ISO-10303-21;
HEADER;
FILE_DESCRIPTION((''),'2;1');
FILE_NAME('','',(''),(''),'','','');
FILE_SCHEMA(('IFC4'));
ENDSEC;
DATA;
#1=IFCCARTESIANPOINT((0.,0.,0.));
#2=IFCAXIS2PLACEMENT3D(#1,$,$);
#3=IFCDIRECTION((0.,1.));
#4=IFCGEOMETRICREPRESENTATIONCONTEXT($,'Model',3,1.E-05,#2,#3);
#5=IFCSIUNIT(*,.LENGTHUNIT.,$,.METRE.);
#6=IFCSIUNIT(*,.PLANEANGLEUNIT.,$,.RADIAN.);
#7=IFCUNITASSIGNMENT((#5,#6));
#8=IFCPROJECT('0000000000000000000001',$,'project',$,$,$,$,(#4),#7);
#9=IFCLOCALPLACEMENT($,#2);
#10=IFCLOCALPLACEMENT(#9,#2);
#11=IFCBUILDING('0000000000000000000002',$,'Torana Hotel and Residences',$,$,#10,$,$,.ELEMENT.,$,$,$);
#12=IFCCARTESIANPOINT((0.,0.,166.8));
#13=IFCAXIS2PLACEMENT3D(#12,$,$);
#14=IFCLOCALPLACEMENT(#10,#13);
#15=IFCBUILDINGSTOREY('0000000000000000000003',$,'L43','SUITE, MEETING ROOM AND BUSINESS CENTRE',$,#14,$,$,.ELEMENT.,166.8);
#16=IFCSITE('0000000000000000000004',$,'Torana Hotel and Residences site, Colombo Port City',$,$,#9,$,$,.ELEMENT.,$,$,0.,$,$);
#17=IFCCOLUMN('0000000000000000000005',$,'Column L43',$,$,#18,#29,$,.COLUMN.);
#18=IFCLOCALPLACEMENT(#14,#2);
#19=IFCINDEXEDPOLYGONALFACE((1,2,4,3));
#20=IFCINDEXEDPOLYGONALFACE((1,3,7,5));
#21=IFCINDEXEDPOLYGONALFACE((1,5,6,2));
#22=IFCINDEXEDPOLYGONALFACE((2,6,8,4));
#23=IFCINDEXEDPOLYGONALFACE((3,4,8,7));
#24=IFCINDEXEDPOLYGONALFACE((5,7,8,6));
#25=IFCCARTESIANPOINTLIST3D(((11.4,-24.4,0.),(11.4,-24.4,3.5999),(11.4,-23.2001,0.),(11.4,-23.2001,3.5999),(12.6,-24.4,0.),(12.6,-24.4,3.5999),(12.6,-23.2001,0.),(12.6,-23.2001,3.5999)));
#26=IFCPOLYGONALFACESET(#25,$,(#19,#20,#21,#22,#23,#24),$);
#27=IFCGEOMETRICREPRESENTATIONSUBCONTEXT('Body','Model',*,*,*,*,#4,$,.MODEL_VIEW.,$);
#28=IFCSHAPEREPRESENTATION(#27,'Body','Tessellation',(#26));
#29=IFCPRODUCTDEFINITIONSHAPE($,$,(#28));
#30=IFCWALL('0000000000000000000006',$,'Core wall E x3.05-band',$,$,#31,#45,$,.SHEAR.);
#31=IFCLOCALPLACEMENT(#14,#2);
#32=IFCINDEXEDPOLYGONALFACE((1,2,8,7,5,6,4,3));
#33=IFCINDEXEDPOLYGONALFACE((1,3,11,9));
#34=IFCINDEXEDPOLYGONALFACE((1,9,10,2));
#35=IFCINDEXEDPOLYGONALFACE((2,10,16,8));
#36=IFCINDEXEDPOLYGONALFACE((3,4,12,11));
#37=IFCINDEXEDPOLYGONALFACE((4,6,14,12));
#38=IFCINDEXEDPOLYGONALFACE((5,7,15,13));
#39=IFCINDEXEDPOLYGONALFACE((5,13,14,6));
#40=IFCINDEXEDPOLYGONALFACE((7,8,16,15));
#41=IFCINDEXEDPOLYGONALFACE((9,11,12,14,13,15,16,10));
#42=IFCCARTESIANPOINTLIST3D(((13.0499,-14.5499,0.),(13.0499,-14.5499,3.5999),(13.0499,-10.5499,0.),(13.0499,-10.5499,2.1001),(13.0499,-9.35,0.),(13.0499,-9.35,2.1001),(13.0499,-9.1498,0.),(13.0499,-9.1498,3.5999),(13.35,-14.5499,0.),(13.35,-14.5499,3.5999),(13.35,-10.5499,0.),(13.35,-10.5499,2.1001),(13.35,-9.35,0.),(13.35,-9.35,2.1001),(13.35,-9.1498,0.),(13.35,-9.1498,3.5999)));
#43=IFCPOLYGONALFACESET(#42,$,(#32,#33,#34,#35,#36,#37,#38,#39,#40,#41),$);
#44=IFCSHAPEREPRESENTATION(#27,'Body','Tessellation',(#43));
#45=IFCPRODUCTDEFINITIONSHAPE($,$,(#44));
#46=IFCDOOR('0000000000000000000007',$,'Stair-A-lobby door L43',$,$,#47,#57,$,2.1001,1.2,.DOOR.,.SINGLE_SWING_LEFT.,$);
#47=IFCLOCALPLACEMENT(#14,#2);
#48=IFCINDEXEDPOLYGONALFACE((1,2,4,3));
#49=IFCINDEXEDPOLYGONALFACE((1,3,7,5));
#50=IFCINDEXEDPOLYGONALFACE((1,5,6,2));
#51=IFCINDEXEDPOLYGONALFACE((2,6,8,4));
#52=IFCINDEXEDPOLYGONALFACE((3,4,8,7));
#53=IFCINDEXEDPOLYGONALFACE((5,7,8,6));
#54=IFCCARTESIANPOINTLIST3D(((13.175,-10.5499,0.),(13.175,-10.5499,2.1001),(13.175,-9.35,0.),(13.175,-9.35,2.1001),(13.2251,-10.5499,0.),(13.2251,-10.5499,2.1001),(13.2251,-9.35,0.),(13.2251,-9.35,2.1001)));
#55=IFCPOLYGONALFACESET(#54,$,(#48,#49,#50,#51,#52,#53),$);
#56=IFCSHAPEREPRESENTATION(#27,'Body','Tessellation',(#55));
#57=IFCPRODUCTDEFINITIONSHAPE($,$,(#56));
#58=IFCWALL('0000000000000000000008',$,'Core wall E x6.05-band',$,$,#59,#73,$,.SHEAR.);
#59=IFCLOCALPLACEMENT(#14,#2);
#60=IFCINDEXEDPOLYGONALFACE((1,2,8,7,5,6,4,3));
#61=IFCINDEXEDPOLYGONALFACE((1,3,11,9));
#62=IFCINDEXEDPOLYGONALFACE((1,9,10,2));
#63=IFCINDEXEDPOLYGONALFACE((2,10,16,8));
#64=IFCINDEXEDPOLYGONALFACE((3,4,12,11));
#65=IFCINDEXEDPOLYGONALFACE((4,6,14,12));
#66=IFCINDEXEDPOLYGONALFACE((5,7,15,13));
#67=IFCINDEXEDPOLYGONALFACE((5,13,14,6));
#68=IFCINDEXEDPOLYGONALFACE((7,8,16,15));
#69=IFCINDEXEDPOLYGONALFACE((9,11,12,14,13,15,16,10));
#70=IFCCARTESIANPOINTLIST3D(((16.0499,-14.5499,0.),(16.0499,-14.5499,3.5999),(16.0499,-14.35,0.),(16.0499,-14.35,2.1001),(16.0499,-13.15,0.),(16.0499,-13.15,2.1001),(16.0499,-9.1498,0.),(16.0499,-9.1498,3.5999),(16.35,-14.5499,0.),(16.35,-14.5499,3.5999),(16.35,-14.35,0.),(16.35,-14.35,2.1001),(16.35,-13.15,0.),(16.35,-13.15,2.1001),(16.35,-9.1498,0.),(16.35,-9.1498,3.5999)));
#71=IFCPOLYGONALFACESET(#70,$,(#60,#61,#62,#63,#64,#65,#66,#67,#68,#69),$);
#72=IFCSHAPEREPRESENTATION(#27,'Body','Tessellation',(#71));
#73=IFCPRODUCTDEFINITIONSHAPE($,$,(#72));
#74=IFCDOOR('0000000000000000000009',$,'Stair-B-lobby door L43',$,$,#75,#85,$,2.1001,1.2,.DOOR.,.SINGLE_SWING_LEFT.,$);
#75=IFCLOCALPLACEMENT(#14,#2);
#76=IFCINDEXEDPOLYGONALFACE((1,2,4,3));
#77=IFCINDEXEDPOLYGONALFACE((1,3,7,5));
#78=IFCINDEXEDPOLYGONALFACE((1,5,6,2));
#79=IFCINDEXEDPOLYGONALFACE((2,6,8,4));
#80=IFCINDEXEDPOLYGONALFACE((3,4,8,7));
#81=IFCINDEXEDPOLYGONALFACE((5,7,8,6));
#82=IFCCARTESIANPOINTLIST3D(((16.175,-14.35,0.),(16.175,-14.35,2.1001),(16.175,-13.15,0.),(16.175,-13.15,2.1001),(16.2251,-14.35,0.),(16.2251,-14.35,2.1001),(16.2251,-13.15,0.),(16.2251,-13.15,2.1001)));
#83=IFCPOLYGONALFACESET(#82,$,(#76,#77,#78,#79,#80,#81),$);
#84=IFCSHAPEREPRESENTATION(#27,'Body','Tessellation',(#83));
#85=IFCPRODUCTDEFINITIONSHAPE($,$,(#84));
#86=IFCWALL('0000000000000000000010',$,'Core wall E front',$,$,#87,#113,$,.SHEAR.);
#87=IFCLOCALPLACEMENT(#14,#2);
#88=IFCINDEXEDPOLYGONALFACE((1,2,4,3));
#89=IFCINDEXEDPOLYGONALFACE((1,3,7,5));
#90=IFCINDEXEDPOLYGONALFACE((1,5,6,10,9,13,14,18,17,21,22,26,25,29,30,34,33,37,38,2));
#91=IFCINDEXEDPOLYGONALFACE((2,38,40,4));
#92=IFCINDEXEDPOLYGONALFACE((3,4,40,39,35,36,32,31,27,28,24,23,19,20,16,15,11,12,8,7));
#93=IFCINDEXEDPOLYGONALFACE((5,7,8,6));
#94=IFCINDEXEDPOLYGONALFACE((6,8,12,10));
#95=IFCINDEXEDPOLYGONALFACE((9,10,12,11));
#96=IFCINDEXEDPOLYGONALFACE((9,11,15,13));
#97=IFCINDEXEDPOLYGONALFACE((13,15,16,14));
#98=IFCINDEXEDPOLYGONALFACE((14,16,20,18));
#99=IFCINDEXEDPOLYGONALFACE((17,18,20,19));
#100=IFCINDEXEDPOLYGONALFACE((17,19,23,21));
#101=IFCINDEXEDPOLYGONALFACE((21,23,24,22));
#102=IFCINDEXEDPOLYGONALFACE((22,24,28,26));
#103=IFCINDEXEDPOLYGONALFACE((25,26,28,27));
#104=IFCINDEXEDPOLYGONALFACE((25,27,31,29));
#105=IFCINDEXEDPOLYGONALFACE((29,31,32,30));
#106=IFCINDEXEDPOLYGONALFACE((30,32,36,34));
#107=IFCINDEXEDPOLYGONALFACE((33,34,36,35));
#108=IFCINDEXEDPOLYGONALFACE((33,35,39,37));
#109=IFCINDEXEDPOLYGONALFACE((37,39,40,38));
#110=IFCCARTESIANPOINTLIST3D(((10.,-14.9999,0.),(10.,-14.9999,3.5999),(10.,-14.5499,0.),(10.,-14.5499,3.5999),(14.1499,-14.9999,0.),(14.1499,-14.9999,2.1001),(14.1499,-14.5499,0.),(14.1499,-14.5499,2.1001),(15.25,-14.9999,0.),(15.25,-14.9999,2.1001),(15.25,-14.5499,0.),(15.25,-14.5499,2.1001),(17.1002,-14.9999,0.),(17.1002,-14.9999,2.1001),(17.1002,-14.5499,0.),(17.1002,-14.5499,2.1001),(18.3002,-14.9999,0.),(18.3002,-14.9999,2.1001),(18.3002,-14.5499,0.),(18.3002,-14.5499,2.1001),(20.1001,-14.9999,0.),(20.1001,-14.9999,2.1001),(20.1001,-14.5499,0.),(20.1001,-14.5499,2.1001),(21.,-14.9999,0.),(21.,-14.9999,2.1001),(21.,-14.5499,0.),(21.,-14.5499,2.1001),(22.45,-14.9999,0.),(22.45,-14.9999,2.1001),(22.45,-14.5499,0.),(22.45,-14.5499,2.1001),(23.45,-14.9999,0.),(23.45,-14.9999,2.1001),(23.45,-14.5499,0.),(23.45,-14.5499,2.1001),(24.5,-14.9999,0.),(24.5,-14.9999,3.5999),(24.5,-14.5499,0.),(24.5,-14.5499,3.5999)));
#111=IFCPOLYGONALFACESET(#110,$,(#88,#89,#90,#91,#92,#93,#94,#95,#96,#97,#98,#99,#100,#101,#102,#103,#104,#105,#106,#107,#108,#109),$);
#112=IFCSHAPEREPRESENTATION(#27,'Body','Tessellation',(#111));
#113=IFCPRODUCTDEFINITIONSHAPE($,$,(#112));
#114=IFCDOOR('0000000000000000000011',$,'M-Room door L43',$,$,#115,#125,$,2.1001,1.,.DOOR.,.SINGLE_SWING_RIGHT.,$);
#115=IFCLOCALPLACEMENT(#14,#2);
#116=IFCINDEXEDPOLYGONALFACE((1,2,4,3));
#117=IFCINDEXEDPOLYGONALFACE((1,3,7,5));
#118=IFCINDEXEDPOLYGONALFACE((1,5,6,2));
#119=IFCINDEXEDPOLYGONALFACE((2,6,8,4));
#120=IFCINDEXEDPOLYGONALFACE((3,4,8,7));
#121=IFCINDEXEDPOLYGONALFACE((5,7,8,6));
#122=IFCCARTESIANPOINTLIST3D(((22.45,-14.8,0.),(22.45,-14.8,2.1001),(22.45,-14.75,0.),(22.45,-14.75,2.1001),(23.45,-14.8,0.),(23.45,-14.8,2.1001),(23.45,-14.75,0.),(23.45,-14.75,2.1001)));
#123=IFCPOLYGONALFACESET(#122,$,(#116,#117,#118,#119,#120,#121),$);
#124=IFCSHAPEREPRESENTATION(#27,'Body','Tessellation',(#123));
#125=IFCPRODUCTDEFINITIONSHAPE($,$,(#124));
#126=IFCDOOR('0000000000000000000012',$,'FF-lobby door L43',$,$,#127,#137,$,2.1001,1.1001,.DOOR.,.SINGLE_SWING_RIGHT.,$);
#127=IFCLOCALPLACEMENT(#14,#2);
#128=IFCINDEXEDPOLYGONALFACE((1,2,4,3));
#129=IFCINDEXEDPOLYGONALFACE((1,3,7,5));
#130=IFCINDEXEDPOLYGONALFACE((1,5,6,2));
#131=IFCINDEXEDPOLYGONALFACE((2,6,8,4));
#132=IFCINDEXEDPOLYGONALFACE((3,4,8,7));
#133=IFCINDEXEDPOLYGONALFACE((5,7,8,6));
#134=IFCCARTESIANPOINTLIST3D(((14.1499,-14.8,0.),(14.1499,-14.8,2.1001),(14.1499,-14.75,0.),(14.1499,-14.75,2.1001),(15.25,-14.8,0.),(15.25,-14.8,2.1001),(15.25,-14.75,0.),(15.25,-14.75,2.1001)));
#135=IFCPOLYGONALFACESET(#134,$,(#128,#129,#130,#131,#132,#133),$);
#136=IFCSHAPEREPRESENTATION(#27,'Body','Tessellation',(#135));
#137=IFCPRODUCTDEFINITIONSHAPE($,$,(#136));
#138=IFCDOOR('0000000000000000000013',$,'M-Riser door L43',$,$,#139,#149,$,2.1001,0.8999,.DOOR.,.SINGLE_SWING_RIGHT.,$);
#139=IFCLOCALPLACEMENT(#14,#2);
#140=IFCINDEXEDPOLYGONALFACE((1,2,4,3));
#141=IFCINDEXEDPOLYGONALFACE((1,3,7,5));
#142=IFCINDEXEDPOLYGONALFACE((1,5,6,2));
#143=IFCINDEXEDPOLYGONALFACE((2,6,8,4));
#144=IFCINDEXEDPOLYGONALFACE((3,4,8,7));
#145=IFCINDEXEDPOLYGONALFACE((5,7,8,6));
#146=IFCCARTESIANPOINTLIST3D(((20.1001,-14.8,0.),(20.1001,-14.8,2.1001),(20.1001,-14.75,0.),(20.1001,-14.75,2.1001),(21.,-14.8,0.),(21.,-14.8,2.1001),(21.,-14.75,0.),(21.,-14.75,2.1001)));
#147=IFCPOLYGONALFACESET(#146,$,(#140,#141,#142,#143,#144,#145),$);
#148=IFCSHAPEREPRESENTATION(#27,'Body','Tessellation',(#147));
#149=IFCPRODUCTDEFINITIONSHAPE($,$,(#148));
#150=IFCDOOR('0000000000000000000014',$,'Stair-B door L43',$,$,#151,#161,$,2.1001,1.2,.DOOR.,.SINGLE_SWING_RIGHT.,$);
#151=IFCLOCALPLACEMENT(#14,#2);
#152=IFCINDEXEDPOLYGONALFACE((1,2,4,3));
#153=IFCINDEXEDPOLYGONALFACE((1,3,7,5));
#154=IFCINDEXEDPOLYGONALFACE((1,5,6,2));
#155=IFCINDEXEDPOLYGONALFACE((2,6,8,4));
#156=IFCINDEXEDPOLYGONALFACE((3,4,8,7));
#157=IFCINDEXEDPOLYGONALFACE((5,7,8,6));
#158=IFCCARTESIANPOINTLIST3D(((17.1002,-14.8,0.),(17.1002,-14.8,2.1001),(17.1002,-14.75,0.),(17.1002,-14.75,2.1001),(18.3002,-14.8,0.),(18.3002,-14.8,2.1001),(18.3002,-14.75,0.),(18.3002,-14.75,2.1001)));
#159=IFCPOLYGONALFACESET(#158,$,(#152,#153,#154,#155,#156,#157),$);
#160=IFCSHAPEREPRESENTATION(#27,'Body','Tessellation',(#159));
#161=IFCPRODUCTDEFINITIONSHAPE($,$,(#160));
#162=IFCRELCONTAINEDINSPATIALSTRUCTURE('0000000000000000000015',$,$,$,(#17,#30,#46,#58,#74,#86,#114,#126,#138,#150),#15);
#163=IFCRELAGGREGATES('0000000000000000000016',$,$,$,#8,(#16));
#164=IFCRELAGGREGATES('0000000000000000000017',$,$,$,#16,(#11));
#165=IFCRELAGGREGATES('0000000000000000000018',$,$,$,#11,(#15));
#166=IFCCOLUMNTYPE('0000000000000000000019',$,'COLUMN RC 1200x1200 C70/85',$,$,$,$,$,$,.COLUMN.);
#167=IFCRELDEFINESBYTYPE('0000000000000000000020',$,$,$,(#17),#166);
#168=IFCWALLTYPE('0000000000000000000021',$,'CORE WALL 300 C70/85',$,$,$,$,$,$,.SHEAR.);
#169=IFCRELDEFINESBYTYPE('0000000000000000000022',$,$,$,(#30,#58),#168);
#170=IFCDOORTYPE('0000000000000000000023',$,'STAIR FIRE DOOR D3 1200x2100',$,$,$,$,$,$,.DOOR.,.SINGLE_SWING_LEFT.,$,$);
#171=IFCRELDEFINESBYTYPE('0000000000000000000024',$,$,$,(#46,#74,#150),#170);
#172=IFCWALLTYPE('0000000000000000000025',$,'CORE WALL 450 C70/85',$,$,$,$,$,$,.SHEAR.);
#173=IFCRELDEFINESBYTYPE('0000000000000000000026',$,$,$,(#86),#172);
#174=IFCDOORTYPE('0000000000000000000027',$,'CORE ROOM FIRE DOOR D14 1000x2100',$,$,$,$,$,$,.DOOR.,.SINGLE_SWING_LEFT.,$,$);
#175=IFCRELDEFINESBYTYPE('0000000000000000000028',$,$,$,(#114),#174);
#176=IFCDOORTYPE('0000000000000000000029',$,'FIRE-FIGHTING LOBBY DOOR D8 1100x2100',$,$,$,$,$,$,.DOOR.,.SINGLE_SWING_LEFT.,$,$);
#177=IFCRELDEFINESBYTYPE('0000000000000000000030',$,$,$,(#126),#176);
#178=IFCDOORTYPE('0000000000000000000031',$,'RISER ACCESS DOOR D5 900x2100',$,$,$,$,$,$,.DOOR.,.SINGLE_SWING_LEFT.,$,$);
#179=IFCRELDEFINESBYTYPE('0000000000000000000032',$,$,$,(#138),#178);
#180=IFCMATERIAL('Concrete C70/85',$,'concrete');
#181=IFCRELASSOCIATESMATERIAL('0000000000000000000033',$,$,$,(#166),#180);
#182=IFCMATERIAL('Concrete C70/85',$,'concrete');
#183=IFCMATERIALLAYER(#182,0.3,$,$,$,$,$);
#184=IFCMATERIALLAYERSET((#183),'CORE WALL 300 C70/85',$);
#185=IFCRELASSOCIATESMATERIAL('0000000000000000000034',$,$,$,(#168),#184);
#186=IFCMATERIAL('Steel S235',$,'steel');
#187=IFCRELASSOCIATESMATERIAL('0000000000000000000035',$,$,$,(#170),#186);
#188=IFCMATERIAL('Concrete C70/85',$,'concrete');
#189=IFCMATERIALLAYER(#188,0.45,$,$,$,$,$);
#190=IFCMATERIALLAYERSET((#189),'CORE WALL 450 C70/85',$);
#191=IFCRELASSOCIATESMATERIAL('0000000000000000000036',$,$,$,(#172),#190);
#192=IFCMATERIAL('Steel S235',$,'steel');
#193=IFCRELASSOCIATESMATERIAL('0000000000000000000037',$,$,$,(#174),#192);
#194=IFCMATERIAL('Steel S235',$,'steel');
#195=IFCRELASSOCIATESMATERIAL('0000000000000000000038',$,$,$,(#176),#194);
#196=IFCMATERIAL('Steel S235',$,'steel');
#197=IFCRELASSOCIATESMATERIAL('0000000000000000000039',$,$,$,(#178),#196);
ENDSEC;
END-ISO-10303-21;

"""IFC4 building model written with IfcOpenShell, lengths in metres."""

from ifc_helpers import new_model, si_unit, direction, frame, frame_2d, origin, origin_2d, place, context, subcontext, project, spatial, rectangle, extrude, material, layer, layer_set, material_profile, profile_set, type_object, element, fill, save


model = new_model("IFC4")

# Units and contexts
model_context = context("Model", 3, precision=1e-05, world=origin(), true_north=direction((0.0, 1.0)))
body_context = subcontext(model_context, "Body", "Model", "MODEL_VIEW")
ifc_project = project(units=[si_unit("LENGTHUNIT", "METRE"), si_unit("PLANEANGLEUNIT", "RADIAN")], contexts=[model_context])

# Site, building, storey
site_placement = place(None, origin())
site = spatial("IfcSite", under=ifc_project, at=site_placement, Name="Torana Hotel and Residences site, Colombo Port City", CompositionType="ELEMENT", RefElevation=0.0)
building_placement = place(site_placement, origin())
building = spatial("IfcBuilding", under=site, at=building_placement, Name="Torana Hotel and Residences", CompositionType="ELEMENT")
storey_placement = place(building_placement, frame((0.0, 0.0, 166.8)))
storey = spatial("IfcBuildingStorey", under=building, at=storey_placement, Name="L43", Description="SUITE, MEETING ROOM AND BUSINESS CENTRE", CompositionType="ELEMENT", Elevation=166.8)

# Column
ifc_material_1 = material(Name="Concrete C70/85", Category="concrete")
ifc_material_profile = material_profile(ifc_material_1, rectangle(XDim=1.2, YDim=1.2, at=origin_2d()), Name="RC 1200x1200")
ifc_profile_set = profile_set([ifc_material_profile], Name="Concrete C70/85")
column_type = type_object("IfcColumnType", Name="COLUMN RC 1200x1200 C70/85", PredefinedType="COLUMN", material=ifc_profile_set)
column_placement = place(storey_placement, frame((12.0, -23.8, 0.0), z_axis=(0.0, 0.0, 1.0), x_axis=(1.0, 0.0, 0.0)))
element("IfcColumn", 1, at=column_placement, inside=storey, type_object=column_type, Name="Column L43", PredefinedType="COLUMN", context=body_context, shape_type="SweptSolid", body=[
    extrude(rectangle(XDim=1.2, YDim=1.2, at=origin_2d()), origin(), (0.0, 0.0, 1.0), 3.5999),
])

# Walls, openings, doors
ifc_material_2 = material(Name="Concrete C70/85", Category="concrete")
ifc_layer_1 = layer(ifc_material_2, 0.3)
ifc_layer_set_1 = layer_set([ifc_layer_1], Name="CORE WALL 300 C70/85")
wall_type_1 = type_object("IfcWallType", Name="CORE WALL 300 C70/85", PredefinedType="SHEAR", material=ifc_layer_set_1)
wall_1_placement = place(storey_placement, frame((13.2, -14.55, 0.0), z_axis=(0.0, 0.0, 1.0), x_axis=(0.0, 1.0, 0.0)))
wall_1 = element("IfcWall", 2, at=wall_1_placement, inside=storey, type_object=wall_type_1, Name="Core wall E x3.05-band", PredefinedType="SHEAR", context=body_context, shape_type="SweptSolid", body=[
    extrude(rectangle(XDim=5.4001, YDim=0.3, at=frame_2d((2.7002, 0.0))), origin(), (0.0, 0.0, 1.0), 3.5999),
])
opening_1_placement = place(wall_1_placement, frame((4.0, 0.0, 0.0)))
opening_1 = element("IfcOpeningElement", 3, at=opening_1_placement, cuts=wall_1, PredefinedType="OPENING", context=body_context, shape_type="SweptSolid", body=[
    extrude(rectangle(XDim=1.2, YDim=2.1001, at=frame_2d((0.6001, 1.05))), frame((0.0, 0.1599, 0.0), z_axis=(0.0, -1.0, 0.0), x_axis=(1.0, 0.0, 0.0)), (0.0, 0.0, 1.0), 0.3201),
])
ifc_material_3 = material(Name="Steel S235", Category="steel")
door_type_1 = type_object("IfcDoorType", Name="STAIR FIRE DOOR D3 1200x2100", OperationType="SINGLE_SWING_LEFT", PredefinedType="DOOR", material=ifc_material_3)
door_1_placement = place(opening_1_placement, origin())
door_1 = element("IfcDoor", 4, at=door_1_placement, inside=storey, type_object=door_type_1, Name="Stair-A-lobby door L43", OperationType="SINGLE_SWING_LEFT", OverallHeight=2.1001, OverallWidth=1.2, PredefinedType="DOOR", context=body_context, shape_type="SweptSolid", body=[
    extrude(rectangle(XDim=1.2, YDim=2.1001, at=frame_2d((0.6001, 1.05))), frame((0.0, 0.0249, 0.0), z_axis=(0.0, -1.0, 0.0), x_axis=(1.0, 0.0, 0.0)), (0.0, 0.0, 1.0), 0.05),
])
fill(opening_1, door_1)
wall_2_placement = place(storey_placement, frame((16.2, -14.55, 0.0), z_axis=(0.0, 0.0, 1.0), x_axis=(0.0, 1.0, 0.0)))
wall_2 = element("IfcWall", 5, at=wall_2_placement, inside=storey, type_object=wall_type_1, Name="Core wall E x6.05-band", PredefinedType="SHEAR", context=body_context, shape_type="SweptSolid", body=[
    extrude(rectangle(XDim=5.4001, YDim=0.3, at=frame_2d((2.7002, 0.0))), origin(), (0.0, 0.0, 1.0), 3.5999),
])
opening_2_placement = place(wall_2_placement, frame((0.2, 0.0, 0.0)))
opening_2 = element("IfcOpeningElement", 6, at=opening_2_placement, cuts=wall_2, PredefinedType="OPENING", context=body_context, shape_type="SweptSolid", body=[
    extrude(rectangle(XDim=1.2, YDim=2.1001, at=frame_2d((0.6001, 1.05))), frame((0.0, 0.1599, 0.0), z_axis=(0.0, -1.0, 0.0), x_axis=(1.0, 0.0, 0.0)), (0.0, 0.0, 1.0), 0.3201),
])
door_2_placement = place(opening_2_placement, frame((0.6001, 0.0, 0.0), z_axis=(0.0, 0.0, 1.0), x_axis=(-1.0, 0.0, 0.0)))
door_2 = element("IfcDoor", 7, at=door_2_placement, inside=storey, type_object=door_type_1, Name="Stair-B-lobby door L43", OperationType="SINGLE_SWING_LEFT", OverallHeight=2.1001, OverallWidth=1.2, PredefinedType="DOOR", context=body_context, shape_type="SweptSolid", body=[
    extrude(rectangle(XDim=1.2, YDim=2.1001, at=frame_2d((0.0, 1.05))), frame((0.0, -0.0249, 0.0), z_axis=(0.0, 1.0, 0.0), x_axis=(-1.0, 0.0, 0.0)), (0.0, 0.0, 1.0), 0.05),
])
fill(opening_2, door_2)

# Wall, openings, doors
ifc_material_4 = material(Name="Concrete C70/85", Category="concrete")
ifc_layer_2 = layer(ifc_material_4, 0.45)
ifc_layer_set_2 = layer_set([ifc_layer_2], Name="CORE WALL 450 C70/85")
wall_type_2 = type_object("IfcWallType", Name="CORE WALL 450 C70/85", PredefinedType="SHEAR", material=ifc_layer_set_2)
wall_3_placement = place(storey_placement, frame((10.0, -14.7749, 0.0), z_axis=(0.0, 0.0, 1.0), x_axis=(1.0, 0.0, 0.0)))
wall_3 = element("IfcWall", 8, at=wall_3_placement, inside=storey, type_object=wall_type_2, Name="Core wall E front", PredefinedType="SHEAR", context=body_context, shape_type="SweptSolid", body=[
    extrude(rectangle(XDim=14.5, YDim=0.45, at=frame_2d((7.25, 0.0))), origin(), (0.0, 0.0, 1.0), 3.5999),
])
opening_3_placement = place(wall_3_placement, frame((7.1001, 0.0, 0.0)))
opening_3 = element("IfcOpeningElement", 9, at=opening_3_placement, cuts=wall_3, PredefinedType="OPENING", context=body_context, shape_type="SweptSolid", body=[
    extrude(rectangle(XDim=1.2, YDim=2.1001, at=frame_2d((0.6001, 1.05))), frame((0.0, 0.2349, 0.0), z_axis=(0.0, -1.0, 0.0), x_axis=(1.0, 0.0, 0.0)), (0.0, 0.0, 1.0), 0.47),
])
opening_4_placement = place(wall_3_placement, frame((4.1499, 0.0, 0.0)))
opening_4 = element("IfcOpeningElement", 10, at=opening_4_placement, cuts=wall_3, PredefinedType="OPENING", context=body_context, shape_type="SweptSolid", body=[
    extrude(rectangle(XDim=1.1001, YDim=2.1001, at=frame_2d((0.55, 1.05))), frame((0.0, 0.2349, 0.0), z_axis=(0.0, -1.0, 0.0), x_axis=(1.0, 0.0, 0.0)), (0.0, 0.0, 1.0), 0.47),
])
opening_5_placement = place(wall_3_placement, frame((10.1001, 0.0, 0.0)))
opening_5 = element("IfcOpeningElement", 11, at=opening_5_placement, cuts=wall_3, PredefinedType="OPENING", context=body_context, shape_type="SweptSolid", body=[
    extrude(rectangle(XDim=0.8999, YDim=2.1001, at=frame_2d((0.45, 1.05))), frame((0.0, 0.2349, 0.0), z_axis=(0.0, -1.0, 0.0), x_axis=(1.0, 0.0, 0.0)), (0.0, 0.0, 1.0), 0.47),
])
opening_6_placement = place(wall_3_placement, frame((12.45, 0.0, 0.0)))
opening_6 = element("IfcOpeningElement", 12, at=opening_6_placement, cuts=wall_3, PredefinedType="OPENING", context=body_context, shape_type="SweptSolid", body=[
    extrude(rectangle(XDim=1.0, YDim=2.1001, at=frame_2d((0.5, 1.05))), frame((0.0, 0.2349, 0.0), z_axis=(0.0, -1.0, 0.0), x_axis=(1.0, 0.0, 0.0)), (0.0, 0.0, 1.0), 0.47),
])
ifc_material_5 = material(Name="Steel S235", Category="steel")
door_type_2 = type_object("IfcDoorType", Name="CORE ROOM FIRE DOOR D14 1000x2100", OperationType="SINGLE_SWING_LEFT", PredefinedType="DOOR", material=ifc_material_5)
door_3_placement = place(opening_6_placement, origin())
door_3 = element("IfcDoor", 13, at=door_3_placement, inside=storey, type_object=door_type_2, Name="M-Room door L43", OperationType="SINGLE_SWING_RIGHT", OverallHeight=2.1001, OverallWidth=1.0, PredefinedType="DOOR", context=body_context, shape_type="SweptSolid", body=[
    extrude(rectangle(XDim=1.0, YDim=2.1001, at=frame_2d((0.5, 1.05))), frame((0.0, 0.0249, 0.0), z_axis=(0.0, -1.0, 0.0), x_axis=(1.0, 0.0, 0.0)), (0.0, 0.0, 1.0), 0.05),
])
fill(opening_6, door_3)
ifc_material_6 = material(Name="Steel S235", Category="steel")
door_type_3 = type_object("IfcDoorType", Name="FIRE-FIGHTING LOBBY DOOR D8 1100x2100", OperationType="SINGLE_SWING_LEFT", PredefinedType="DOOR", material=ifc_material_6)
door_4_placement = place(opening_4_placement, origin())
door_4 = element("IfcDoor", 14, at=door_4_placement, inside=storey, type_object=door_type_3, Name="FF-lobby door L43", OperationType="SINGLE_SWING_RIGHT", OverallHeight=2.1001, OverallWidth=1.1001, PredefinedType="DOOR", context=body_context, shape_type="SweptSolid", body=[
    extrude(rectangle(XDim=1.1001, YDim=2.1001, at=frame_2d((0.55, 1.05))), frame((0.0, 0.0249, 0.0), z_axis=(0.0, -1.0, 0.0), x_axis=(1.0, 0.0, 0.0)), (0.0, 0.0, 1.0), 0.05),
])
fill(opening_4, door_4)
ifc_material_7 = material(Name="Steel S235", Category="steel")
door_type_4 = type_object("IfcDoorType", Name="RISER ACCESS DOOR D5 900x2100", OperationType="SINGLE_SWING_LEFT", PredefinedType="DOOR", material=ifc_material_7)
door_5_placement = place(opening_5_placement, origin())
door_5 = element("IfcDoor", 15, at=door_5_placement, inside=storey, type_object=door_type_4, Name="M-Riser door L43", OperationType="SINGLE_SWING_RIGHT", OverallHeight=2.1001, OverallWidth=0.8999, PredefinedType="DOOR", context=body_context, shape_type="SweptSolid", body=[
    extrude(rectangle(XDim=0.8999, YDim=2.1001, at=frame_2d((0.45, 1.05))), frame((0.0, 0.0249, 0.0), z_axis=(0.0, -1.0, 0.0), x_axis=(1.0, 0.0, 0.0)), (0.0, 0.0, 1.0), 0.05),
])
fill(opening_5, door_5)
door_6_placement = place(opening_3_placement, origin())
door_6 = element("IfcDoor", 16, at=door_6_placement, inside=storey, type_object=door_type_1, Name="Stair-B door L43", OperationType="SINGLE_SWING_RIGHT", OverallHeight=2.1001, OverallWidth=1.2, PredefinedType="DOOR", context=body_context, shape_type="SweptSolid", body=[
    extrude(rectangle(XDim=1.2, YDim=2.1001, at=frame_2d((0.6001, 1.05))), frame((0.0, 0.0249, 0.0), z_axis=(0.0, -1.0, 0.0), x_axis=(1.0, 0.0, 0.0)), (0.0, 0.0, 1.0), 0.05),
])
fill(opening_3, door_6)

save(model, "model.ifc")
